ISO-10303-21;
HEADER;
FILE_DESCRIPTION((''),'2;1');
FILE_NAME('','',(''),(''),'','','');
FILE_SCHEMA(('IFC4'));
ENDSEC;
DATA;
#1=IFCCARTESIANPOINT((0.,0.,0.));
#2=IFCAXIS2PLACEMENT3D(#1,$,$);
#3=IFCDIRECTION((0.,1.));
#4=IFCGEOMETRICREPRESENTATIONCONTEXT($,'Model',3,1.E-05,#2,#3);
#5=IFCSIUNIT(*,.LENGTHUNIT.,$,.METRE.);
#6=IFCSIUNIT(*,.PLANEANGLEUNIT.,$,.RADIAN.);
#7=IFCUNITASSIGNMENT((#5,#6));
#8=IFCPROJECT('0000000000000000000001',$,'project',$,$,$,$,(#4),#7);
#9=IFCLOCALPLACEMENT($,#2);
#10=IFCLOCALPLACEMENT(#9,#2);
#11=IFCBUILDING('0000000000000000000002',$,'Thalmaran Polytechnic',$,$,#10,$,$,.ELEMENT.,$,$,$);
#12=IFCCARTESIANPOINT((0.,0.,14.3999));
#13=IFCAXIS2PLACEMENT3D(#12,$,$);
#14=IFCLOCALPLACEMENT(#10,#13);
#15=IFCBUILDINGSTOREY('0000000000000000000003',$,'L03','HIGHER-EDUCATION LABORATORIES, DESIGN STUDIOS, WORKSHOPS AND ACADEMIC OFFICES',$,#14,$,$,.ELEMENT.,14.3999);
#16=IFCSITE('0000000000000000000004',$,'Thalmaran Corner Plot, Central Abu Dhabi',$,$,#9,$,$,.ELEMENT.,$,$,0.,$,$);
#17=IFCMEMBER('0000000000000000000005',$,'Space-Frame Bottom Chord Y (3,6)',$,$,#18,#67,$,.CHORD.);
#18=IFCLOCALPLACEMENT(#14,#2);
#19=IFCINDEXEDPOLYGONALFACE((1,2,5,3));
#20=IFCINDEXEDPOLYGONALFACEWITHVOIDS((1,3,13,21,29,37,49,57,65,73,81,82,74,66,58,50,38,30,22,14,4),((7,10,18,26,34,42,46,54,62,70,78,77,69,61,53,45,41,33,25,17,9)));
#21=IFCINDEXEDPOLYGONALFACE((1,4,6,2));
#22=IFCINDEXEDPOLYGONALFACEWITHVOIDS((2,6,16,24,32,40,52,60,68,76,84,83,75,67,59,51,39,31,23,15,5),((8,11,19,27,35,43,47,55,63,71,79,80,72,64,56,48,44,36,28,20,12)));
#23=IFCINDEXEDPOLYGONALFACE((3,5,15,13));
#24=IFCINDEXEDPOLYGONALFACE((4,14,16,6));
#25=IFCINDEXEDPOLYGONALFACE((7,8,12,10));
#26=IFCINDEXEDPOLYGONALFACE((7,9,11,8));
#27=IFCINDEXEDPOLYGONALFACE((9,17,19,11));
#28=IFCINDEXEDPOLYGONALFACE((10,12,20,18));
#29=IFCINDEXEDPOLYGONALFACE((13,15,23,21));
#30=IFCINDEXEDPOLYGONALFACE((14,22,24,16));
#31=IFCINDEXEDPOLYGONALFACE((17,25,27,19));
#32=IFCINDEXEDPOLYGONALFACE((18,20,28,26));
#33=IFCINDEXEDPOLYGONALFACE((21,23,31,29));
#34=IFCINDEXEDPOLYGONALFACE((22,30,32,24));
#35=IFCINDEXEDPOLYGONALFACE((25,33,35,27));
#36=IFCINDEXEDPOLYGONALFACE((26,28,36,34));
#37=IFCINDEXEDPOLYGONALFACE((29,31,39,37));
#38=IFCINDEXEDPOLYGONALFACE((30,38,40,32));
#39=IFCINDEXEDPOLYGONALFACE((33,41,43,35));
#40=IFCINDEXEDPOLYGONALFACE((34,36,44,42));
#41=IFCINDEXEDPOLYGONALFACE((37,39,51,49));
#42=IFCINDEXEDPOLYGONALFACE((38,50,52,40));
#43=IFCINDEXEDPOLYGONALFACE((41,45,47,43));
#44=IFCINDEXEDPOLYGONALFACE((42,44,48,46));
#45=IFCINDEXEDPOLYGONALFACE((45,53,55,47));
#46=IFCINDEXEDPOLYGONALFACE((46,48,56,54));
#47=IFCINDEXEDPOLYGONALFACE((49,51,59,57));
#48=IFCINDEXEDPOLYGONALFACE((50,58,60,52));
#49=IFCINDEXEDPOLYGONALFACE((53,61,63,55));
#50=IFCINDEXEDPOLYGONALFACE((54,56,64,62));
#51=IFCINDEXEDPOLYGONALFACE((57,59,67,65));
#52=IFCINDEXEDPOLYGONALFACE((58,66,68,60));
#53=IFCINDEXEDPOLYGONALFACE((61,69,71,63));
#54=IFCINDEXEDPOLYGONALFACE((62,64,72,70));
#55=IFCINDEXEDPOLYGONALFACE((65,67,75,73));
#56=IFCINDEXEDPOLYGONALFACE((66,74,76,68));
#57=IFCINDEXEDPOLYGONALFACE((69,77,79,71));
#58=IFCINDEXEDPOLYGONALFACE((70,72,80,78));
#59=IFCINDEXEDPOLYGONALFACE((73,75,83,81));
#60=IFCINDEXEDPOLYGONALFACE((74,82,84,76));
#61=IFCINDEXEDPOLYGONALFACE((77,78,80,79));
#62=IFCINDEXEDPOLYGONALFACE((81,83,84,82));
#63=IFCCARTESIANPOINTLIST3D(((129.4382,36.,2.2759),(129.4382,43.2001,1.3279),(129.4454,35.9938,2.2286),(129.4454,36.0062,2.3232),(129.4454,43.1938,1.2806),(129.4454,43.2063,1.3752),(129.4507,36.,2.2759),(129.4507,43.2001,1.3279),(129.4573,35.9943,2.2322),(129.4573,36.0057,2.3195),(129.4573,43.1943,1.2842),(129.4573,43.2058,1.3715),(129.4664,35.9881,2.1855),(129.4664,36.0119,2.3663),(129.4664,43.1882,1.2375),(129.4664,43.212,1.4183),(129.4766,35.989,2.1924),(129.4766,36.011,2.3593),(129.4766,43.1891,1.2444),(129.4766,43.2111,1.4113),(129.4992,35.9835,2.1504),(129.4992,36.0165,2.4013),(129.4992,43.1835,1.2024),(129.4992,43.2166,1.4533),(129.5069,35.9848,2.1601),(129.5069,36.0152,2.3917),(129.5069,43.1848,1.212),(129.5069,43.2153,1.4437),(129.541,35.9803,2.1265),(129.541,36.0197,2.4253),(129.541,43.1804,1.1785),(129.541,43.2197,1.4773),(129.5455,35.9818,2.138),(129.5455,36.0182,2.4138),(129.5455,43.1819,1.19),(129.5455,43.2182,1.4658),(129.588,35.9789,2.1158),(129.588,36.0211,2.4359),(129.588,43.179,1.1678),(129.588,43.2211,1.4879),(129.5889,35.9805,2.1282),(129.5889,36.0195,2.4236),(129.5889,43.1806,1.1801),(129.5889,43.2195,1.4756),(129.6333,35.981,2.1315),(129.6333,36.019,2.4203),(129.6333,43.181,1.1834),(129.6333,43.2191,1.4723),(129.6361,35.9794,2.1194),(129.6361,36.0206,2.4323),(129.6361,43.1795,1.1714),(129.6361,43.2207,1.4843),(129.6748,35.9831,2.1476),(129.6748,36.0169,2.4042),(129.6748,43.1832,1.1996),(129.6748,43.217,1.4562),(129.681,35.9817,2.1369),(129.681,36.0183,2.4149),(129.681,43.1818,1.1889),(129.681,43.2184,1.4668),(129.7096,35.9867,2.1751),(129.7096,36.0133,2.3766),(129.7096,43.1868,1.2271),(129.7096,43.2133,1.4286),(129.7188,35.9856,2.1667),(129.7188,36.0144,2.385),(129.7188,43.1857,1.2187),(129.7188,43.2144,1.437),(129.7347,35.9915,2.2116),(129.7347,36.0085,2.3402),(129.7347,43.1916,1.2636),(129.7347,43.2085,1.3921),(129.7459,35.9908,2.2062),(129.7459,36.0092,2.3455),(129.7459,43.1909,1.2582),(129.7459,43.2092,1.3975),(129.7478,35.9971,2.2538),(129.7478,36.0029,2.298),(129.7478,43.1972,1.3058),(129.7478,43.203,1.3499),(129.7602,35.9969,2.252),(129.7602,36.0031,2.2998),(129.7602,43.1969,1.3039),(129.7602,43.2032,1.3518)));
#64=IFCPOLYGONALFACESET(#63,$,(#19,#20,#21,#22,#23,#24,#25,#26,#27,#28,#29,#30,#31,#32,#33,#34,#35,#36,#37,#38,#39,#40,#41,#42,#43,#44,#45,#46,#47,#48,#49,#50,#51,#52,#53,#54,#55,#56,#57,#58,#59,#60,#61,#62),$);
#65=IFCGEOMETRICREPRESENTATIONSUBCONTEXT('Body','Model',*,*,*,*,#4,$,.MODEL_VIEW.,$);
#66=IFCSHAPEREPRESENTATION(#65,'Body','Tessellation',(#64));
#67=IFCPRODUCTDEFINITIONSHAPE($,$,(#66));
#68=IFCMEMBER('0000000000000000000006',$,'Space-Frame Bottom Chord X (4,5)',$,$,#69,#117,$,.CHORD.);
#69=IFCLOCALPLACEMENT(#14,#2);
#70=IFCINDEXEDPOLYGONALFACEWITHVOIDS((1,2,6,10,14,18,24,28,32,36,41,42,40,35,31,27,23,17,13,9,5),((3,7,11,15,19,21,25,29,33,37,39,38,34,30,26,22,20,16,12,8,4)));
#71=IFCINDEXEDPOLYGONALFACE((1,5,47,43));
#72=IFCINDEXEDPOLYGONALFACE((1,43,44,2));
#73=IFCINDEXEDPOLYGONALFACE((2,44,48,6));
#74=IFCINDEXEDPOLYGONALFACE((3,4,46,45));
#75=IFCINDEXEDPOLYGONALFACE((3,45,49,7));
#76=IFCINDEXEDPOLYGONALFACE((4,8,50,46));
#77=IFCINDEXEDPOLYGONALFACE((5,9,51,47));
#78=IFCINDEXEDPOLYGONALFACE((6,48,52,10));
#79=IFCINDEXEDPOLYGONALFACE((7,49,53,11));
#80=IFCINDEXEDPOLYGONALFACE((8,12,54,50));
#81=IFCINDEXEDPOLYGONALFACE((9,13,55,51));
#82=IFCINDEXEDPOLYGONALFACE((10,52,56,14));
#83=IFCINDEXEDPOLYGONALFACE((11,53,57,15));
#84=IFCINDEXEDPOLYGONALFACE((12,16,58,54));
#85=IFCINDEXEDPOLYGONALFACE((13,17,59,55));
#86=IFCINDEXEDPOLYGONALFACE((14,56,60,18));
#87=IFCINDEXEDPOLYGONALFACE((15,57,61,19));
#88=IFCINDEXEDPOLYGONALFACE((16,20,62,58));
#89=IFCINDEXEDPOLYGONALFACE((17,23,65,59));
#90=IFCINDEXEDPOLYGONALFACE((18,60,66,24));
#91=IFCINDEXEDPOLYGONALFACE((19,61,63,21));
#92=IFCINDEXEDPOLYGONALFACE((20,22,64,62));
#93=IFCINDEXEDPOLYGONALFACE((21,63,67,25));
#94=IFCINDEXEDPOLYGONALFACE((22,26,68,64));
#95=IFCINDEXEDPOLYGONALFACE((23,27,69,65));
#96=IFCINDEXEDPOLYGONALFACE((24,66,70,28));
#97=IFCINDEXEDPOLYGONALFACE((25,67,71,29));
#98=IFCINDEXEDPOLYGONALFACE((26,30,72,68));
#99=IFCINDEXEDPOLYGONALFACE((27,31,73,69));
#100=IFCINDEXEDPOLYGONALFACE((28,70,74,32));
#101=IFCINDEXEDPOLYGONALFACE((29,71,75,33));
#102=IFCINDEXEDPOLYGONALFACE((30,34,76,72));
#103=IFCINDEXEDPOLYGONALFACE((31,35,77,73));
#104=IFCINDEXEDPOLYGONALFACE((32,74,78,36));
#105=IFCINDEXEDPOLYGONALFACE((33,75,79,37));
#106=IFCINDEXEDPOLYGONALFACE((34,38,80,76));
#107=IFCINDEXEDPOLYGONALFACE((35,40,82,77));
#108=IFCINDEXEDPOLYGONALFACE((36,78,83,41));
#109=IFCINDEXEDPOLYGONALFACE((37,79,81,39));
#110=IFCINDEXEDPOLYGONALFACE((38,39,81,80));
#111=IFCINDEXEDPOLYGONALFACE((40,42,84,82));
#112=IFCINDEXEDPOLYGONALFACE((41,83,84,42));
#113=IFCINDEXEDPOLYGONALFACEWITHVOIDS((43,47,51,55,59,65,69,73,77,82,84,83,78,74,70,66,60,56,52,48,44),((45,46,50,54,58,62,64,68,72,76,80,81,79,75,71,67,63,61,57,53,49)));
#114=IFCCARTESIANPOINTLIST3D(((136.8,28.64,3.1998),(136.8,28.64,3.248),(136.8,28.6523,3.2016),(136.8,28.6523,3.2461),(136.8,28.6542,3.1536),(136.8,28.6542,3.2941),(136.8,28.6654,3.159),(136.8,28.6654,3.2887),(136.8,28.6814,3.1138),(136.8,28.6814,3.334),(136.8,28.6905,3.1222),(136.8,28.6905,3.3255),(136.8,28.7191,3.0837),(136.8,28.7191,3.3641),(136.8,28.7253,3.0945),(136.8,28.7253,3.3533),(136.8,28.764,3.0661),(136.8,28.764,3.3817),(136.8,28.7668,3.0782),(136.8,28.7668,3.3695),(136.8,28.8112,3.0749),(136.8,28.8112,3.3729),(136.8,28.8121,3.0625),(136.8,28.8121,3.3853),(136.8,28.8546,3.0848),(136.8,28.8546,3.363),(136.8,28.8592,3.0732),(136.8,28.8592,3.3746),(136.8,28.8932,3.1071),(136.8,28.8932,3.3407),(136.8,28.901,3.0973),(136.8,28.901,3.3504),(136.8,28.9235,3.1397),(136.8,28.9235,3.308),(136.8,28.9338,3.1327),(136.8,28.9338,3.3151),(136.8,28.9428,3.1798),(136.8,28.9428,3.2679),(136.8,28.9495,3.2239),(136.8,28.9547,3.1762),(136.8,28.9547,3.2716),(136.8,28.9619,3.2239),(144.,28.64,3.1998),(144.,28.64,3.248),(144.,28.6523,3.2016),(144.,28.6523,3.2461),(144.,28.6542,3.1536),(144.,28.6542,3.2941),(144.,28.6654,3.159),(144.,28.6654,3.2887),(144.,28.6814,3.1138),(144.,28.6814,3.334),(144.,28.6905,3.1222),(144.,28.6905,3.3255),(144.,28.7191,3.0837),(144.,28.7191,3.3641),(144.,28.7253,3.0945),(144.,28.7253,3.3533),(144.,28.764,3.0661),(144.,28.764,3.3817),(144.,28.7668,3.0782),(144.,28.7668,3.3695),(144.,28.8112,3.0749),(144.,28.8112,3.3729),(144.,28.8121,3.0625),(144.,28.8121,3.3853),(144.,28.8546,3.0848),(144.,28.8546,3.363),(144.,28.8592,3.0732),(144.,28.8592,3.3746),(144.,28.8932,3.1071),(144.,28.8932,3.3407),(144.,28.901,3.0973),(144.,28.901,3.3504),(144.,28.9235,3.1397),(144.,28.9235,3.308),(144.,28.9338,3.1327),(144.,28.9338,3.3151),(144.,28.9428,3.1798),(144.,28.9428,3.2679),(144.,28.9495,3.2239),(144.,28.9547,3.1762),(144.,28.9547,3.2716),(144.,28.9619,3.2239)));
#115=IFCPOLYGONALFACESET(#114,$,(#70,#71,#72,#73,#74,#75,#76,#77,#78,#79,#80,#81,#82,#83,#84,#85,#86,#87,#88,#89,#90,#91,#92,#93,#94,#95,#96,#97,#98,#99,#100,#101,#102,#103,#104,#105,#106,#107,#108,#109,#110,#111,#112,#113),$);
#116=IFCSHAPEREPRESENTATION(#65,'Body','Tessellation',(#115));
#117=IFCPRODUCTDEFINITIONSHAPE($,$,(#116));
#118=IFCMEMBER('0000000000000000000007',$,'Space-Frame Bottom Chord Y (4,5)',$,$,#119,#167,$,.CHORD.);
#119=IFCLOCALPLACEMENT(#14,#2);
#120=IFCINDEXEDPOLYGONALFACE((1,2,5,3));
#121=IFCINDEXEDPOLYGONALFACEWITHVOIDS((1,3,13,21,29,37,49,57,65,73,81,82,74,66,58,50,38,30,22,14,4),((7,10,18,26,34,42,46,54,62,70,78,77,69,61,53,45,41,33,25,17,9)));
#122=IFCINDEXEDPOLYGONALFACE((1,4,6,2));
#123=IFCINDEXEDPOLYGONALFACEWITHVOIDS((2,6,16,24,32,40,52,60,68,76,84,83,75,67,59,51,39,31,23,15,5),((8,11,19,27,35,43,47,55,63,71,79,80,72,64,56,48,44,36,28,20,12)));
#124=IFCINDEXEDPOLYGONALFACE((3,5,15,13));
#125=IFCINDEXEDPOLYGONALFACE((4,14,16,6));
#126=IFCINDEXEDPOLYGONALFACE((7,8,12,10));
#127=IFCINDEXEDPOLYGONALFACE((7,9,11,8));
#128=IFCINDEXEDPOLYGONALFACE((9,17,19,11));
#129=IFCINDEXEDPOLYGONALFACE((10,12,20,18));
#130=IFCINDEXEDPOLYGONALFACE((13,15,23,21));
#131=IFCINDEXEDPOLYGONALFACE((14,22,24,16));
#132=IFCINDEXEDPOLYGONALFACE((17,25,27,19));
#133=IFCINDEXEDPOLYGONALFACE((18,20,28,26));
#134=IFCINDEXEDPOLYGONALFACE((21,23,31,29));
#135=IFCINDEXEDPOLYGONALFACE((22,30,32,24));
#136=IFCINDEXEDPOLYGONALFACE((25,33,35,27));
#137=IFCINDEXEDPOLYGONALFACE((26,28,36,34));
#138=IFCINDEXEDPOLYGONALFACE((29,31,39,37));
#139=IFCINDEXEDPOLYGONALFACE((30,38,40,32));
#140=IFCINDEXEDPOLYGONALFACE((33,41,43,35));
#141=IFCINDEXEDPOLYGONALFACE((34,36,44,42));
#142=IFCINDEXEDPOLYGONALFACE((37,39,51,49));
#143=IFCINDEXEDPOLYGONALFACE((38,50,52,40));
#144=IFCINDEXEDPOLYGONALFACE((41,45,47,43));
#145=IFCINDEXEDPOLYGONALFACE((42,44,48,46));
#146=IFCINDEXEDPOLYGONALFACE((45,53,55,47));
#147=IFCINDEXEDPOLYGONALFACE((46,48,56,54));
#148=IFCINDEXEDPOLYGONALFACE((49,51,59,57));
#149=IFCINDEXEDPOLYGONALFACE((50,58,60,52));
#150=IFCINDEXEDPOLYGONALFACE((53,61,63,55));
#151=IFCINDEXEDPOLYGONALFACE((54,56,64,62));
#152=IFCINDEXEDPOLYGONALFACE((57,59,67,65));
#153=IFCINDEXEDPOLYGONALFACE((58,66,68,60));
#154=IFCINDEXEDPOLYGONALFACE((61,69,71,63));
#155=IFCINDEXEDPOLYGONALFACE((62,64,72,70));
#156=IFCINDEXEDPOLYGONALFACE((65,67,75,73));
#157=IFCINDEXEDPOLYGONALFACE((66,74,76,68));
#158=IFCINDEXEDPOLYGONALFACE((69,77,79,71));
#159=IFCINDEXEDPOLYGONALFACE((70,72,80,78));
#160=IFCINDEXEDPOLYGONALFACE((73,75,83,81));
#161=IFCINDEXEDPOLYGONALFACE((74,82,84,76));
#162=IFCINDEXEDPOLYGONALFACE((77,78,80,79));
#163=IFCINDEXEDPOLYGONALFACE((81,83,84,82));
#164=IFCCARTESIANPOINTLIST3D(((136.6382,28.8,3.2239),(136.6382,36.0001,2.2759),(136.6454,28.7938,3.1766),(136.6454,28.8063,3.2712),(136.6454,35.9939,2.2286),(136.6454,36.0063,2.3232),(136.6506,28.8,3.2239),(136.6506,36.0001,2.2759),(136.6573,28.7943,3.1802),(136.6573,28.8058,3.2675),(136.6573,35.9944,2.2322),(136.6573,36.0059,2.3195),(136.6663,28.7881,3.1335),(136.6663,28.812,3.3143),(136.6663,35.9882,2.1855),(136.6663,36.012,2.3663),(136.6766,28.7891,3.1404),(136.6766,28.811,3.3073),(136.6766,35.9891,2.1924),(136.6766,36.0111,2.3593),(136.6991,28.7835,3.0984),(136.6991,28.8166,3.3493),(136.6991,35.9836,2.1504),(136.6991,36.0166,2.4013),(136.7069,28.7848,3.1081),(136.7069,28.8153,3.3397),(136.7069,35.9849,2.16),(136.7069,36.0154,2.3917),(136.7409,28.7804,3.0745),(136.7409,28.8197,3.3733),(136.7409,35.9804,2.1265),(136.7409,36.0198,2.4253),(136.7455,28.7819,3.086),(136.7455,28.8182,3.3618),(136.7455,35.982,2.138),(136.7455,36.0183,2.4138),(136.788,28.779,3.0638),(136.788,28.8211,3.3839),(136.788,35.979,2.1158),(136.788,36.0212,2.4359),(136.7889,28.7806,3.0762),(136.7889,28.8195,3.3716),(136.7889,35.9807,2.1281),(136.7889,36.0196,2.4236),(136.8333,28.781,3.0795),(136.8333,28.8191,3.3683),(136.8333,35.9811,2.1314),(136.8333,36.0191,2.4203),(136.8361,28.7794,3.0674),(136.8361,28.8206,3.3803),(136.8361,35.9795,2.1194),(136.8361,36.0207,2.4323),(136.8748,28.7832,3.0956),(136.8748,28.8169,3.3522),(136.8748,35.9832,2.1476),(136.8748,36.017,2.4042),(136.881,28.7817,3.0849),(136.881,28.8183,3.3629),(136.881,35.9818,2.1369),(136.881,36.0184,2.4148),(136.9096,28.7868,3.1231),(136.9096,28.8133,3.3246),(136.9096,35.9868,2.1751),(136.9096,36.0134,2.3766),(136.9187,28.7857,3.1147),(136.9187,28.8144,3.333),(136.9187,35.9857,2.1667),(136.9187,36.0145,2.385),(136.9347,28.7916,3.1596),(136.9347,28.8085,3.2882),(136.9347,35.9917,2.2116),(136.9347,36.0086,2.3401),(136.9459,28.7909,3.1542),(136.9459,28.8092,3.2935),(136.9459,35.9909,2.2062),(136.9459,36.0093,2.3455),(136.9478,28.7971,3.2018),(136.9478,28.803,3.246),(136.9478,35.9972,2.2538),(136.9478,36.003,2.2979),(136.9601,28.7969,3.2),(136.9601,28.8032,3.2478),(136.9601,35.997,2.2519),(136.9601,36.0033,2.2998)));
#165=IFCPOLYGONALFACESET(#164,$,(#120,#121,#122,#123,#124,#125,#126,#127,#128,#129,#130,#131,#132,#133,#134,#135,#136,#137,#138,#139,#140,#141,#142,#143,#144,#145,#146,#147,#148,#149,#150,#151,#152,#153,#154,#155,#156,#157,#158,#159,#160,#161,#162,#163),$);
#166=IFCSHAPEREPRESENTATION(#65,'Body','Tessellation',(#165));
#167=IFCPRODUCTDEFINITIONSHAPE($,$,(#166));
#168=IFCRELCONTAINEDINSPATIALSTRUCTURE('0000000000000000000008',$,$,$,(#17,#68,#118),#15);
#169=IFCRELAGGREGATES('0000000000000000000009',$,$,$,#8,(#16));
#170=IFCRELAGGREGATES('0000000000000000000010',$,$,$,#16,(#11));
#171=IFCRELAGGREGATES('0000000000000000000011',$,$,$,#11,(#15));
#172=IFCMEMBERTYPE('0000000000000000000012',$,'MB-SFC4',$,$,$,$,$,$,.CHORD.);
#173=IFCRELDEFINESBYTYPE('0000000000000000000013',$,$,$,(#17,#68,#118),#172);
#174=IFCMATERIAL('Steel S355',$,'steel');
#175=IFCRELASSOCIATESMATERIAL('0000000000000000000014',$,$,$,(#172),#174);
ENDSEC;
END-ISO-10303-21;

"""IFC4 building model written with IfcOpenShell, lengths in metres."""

from ifc_helpers import new_model, si_unit, direction, frame, origin, origin_2d, place, context, subcontext, project, spatial, hollow_circle, extrude, material, material_profile, profile_set, type_object, element, save


model = new_model("IFC4")

# Units and contexts
model_context = context("Model", 3, precision=1e-05, world=origin(), true_north=direction((0.0, 1.0)))
body_context = subcontext(model_context, "Body", "Model", "MODEL_VIEW")
ifc_project = project(units=[si_unit("LENGTHUNIT", "METRE"), si_unit("PLANEANGLEUNIT", "RADIAN")], contexts=[model_context])

# Site, building, storey
site_placement = place(None, origin())
site = spatial("IfcSite", under=ifc_project, at=site_placement, Name="Thalmaran Corner Plot, Central Abu Dhabi", CompositionType="ELEMENT", RefElevation=0.0)
building_placement = place(site_placement, origin())
building = spatial("IfcBuilding", under=site, at=building_placement, Name="Thalmaran Polytechnic", CompositionType="ELEMENT")
storey_placement = place(building_placement, frame((0.0, 0.0, 14.3999)))
storey = spatial("IfcBuildingStorey", under=building, at=storey_placement, Name="L03", Description="HIGHER-EDUCATION LABORATORIES, DESIGN STUDIOS, WORKSHOPS AND ACADEMIC OFFICES", CompositionType="ELEMENT", Elevation=14.3999)

# Members
ifc_material = material(Name="Steel S355", Category="steel")
ifc_material_profile_1 = material_profile(ifc_material, hollow_circle(Radius=0.1619, WallThickness=0.0125, at=origin_2d()), Name="CHS 323.9x12.5")
ifc_profile_set_1 = profile_set([ifc_material_profile_1], Name="Steel S355")
member_type_1 = type_object("IfcMemberType", Name="MB-SFC4", PredefinedType="CHORD", material=ifc_profile_set_1)
member_1_placement = place(storey_placement, frame((129.6001, 36.0, 2.2759), z_axis=(0.0, 0.991443, -0.130541), x_axis=(-1.0, 0.0, 0.0)))
element("IfcMember", 1, at=member_1_placement, inside=storey, type_object=member_type_1, Name="Space-Frame Bottom Chord Y (3,6)", PredefinedType="CHORD", context=body_context, shape_type="SweptSolid", body=[
    extrude(hollow_circle(Radius=0.1619, WallThickness=0.0125, at=origin_2d()), origin(), (0.0, 0.0, 1.0), 7.2622),
])
member_2_placement = place(storey_placement, frame((136.8, 28.8, 3.2239), z_axis=(1.0, 0.0, 0.0), x_axis=(0.0, 1.0, 0.0)))
element("IfcMember", 2, at=member_2_placement, inside=storey, type_object=member_type_1, Name="Space-Frame Bottom Chord X (4,5)", PredefinedType="CHORD", context=body_context, shape_type="SweptSolid", body=[
    extrude(hollow_circle(Radius=0.1619, WallThickness=0.0125, at=origin_2d()), origin(), (0.0, 0.0, 1.0), 7.2),
])
member_3_placement = place(storey_placement, frame((136.8, 28.8, 3.2239), z_axis=(0.0, 0.991443, -0.130541), x_axis=(-1.0, 0.0, 0.0)))
element("IfcMember", 3, at=member_3_placement, inside=storey, type_object=member_type_1, Name="Space-Frame Bottom Chord Y (4,5)", PredefinedType="CHORD", context=body_context, shape_type="SweptSolid", body=[
    extrude(hollow_circle(Radius=0.1619, WallThickness=0.0125, at=origin_2d()), origin(), (0.0, 0.0, 1.0), 7.2622),
])

save(model, "model.ifc")
